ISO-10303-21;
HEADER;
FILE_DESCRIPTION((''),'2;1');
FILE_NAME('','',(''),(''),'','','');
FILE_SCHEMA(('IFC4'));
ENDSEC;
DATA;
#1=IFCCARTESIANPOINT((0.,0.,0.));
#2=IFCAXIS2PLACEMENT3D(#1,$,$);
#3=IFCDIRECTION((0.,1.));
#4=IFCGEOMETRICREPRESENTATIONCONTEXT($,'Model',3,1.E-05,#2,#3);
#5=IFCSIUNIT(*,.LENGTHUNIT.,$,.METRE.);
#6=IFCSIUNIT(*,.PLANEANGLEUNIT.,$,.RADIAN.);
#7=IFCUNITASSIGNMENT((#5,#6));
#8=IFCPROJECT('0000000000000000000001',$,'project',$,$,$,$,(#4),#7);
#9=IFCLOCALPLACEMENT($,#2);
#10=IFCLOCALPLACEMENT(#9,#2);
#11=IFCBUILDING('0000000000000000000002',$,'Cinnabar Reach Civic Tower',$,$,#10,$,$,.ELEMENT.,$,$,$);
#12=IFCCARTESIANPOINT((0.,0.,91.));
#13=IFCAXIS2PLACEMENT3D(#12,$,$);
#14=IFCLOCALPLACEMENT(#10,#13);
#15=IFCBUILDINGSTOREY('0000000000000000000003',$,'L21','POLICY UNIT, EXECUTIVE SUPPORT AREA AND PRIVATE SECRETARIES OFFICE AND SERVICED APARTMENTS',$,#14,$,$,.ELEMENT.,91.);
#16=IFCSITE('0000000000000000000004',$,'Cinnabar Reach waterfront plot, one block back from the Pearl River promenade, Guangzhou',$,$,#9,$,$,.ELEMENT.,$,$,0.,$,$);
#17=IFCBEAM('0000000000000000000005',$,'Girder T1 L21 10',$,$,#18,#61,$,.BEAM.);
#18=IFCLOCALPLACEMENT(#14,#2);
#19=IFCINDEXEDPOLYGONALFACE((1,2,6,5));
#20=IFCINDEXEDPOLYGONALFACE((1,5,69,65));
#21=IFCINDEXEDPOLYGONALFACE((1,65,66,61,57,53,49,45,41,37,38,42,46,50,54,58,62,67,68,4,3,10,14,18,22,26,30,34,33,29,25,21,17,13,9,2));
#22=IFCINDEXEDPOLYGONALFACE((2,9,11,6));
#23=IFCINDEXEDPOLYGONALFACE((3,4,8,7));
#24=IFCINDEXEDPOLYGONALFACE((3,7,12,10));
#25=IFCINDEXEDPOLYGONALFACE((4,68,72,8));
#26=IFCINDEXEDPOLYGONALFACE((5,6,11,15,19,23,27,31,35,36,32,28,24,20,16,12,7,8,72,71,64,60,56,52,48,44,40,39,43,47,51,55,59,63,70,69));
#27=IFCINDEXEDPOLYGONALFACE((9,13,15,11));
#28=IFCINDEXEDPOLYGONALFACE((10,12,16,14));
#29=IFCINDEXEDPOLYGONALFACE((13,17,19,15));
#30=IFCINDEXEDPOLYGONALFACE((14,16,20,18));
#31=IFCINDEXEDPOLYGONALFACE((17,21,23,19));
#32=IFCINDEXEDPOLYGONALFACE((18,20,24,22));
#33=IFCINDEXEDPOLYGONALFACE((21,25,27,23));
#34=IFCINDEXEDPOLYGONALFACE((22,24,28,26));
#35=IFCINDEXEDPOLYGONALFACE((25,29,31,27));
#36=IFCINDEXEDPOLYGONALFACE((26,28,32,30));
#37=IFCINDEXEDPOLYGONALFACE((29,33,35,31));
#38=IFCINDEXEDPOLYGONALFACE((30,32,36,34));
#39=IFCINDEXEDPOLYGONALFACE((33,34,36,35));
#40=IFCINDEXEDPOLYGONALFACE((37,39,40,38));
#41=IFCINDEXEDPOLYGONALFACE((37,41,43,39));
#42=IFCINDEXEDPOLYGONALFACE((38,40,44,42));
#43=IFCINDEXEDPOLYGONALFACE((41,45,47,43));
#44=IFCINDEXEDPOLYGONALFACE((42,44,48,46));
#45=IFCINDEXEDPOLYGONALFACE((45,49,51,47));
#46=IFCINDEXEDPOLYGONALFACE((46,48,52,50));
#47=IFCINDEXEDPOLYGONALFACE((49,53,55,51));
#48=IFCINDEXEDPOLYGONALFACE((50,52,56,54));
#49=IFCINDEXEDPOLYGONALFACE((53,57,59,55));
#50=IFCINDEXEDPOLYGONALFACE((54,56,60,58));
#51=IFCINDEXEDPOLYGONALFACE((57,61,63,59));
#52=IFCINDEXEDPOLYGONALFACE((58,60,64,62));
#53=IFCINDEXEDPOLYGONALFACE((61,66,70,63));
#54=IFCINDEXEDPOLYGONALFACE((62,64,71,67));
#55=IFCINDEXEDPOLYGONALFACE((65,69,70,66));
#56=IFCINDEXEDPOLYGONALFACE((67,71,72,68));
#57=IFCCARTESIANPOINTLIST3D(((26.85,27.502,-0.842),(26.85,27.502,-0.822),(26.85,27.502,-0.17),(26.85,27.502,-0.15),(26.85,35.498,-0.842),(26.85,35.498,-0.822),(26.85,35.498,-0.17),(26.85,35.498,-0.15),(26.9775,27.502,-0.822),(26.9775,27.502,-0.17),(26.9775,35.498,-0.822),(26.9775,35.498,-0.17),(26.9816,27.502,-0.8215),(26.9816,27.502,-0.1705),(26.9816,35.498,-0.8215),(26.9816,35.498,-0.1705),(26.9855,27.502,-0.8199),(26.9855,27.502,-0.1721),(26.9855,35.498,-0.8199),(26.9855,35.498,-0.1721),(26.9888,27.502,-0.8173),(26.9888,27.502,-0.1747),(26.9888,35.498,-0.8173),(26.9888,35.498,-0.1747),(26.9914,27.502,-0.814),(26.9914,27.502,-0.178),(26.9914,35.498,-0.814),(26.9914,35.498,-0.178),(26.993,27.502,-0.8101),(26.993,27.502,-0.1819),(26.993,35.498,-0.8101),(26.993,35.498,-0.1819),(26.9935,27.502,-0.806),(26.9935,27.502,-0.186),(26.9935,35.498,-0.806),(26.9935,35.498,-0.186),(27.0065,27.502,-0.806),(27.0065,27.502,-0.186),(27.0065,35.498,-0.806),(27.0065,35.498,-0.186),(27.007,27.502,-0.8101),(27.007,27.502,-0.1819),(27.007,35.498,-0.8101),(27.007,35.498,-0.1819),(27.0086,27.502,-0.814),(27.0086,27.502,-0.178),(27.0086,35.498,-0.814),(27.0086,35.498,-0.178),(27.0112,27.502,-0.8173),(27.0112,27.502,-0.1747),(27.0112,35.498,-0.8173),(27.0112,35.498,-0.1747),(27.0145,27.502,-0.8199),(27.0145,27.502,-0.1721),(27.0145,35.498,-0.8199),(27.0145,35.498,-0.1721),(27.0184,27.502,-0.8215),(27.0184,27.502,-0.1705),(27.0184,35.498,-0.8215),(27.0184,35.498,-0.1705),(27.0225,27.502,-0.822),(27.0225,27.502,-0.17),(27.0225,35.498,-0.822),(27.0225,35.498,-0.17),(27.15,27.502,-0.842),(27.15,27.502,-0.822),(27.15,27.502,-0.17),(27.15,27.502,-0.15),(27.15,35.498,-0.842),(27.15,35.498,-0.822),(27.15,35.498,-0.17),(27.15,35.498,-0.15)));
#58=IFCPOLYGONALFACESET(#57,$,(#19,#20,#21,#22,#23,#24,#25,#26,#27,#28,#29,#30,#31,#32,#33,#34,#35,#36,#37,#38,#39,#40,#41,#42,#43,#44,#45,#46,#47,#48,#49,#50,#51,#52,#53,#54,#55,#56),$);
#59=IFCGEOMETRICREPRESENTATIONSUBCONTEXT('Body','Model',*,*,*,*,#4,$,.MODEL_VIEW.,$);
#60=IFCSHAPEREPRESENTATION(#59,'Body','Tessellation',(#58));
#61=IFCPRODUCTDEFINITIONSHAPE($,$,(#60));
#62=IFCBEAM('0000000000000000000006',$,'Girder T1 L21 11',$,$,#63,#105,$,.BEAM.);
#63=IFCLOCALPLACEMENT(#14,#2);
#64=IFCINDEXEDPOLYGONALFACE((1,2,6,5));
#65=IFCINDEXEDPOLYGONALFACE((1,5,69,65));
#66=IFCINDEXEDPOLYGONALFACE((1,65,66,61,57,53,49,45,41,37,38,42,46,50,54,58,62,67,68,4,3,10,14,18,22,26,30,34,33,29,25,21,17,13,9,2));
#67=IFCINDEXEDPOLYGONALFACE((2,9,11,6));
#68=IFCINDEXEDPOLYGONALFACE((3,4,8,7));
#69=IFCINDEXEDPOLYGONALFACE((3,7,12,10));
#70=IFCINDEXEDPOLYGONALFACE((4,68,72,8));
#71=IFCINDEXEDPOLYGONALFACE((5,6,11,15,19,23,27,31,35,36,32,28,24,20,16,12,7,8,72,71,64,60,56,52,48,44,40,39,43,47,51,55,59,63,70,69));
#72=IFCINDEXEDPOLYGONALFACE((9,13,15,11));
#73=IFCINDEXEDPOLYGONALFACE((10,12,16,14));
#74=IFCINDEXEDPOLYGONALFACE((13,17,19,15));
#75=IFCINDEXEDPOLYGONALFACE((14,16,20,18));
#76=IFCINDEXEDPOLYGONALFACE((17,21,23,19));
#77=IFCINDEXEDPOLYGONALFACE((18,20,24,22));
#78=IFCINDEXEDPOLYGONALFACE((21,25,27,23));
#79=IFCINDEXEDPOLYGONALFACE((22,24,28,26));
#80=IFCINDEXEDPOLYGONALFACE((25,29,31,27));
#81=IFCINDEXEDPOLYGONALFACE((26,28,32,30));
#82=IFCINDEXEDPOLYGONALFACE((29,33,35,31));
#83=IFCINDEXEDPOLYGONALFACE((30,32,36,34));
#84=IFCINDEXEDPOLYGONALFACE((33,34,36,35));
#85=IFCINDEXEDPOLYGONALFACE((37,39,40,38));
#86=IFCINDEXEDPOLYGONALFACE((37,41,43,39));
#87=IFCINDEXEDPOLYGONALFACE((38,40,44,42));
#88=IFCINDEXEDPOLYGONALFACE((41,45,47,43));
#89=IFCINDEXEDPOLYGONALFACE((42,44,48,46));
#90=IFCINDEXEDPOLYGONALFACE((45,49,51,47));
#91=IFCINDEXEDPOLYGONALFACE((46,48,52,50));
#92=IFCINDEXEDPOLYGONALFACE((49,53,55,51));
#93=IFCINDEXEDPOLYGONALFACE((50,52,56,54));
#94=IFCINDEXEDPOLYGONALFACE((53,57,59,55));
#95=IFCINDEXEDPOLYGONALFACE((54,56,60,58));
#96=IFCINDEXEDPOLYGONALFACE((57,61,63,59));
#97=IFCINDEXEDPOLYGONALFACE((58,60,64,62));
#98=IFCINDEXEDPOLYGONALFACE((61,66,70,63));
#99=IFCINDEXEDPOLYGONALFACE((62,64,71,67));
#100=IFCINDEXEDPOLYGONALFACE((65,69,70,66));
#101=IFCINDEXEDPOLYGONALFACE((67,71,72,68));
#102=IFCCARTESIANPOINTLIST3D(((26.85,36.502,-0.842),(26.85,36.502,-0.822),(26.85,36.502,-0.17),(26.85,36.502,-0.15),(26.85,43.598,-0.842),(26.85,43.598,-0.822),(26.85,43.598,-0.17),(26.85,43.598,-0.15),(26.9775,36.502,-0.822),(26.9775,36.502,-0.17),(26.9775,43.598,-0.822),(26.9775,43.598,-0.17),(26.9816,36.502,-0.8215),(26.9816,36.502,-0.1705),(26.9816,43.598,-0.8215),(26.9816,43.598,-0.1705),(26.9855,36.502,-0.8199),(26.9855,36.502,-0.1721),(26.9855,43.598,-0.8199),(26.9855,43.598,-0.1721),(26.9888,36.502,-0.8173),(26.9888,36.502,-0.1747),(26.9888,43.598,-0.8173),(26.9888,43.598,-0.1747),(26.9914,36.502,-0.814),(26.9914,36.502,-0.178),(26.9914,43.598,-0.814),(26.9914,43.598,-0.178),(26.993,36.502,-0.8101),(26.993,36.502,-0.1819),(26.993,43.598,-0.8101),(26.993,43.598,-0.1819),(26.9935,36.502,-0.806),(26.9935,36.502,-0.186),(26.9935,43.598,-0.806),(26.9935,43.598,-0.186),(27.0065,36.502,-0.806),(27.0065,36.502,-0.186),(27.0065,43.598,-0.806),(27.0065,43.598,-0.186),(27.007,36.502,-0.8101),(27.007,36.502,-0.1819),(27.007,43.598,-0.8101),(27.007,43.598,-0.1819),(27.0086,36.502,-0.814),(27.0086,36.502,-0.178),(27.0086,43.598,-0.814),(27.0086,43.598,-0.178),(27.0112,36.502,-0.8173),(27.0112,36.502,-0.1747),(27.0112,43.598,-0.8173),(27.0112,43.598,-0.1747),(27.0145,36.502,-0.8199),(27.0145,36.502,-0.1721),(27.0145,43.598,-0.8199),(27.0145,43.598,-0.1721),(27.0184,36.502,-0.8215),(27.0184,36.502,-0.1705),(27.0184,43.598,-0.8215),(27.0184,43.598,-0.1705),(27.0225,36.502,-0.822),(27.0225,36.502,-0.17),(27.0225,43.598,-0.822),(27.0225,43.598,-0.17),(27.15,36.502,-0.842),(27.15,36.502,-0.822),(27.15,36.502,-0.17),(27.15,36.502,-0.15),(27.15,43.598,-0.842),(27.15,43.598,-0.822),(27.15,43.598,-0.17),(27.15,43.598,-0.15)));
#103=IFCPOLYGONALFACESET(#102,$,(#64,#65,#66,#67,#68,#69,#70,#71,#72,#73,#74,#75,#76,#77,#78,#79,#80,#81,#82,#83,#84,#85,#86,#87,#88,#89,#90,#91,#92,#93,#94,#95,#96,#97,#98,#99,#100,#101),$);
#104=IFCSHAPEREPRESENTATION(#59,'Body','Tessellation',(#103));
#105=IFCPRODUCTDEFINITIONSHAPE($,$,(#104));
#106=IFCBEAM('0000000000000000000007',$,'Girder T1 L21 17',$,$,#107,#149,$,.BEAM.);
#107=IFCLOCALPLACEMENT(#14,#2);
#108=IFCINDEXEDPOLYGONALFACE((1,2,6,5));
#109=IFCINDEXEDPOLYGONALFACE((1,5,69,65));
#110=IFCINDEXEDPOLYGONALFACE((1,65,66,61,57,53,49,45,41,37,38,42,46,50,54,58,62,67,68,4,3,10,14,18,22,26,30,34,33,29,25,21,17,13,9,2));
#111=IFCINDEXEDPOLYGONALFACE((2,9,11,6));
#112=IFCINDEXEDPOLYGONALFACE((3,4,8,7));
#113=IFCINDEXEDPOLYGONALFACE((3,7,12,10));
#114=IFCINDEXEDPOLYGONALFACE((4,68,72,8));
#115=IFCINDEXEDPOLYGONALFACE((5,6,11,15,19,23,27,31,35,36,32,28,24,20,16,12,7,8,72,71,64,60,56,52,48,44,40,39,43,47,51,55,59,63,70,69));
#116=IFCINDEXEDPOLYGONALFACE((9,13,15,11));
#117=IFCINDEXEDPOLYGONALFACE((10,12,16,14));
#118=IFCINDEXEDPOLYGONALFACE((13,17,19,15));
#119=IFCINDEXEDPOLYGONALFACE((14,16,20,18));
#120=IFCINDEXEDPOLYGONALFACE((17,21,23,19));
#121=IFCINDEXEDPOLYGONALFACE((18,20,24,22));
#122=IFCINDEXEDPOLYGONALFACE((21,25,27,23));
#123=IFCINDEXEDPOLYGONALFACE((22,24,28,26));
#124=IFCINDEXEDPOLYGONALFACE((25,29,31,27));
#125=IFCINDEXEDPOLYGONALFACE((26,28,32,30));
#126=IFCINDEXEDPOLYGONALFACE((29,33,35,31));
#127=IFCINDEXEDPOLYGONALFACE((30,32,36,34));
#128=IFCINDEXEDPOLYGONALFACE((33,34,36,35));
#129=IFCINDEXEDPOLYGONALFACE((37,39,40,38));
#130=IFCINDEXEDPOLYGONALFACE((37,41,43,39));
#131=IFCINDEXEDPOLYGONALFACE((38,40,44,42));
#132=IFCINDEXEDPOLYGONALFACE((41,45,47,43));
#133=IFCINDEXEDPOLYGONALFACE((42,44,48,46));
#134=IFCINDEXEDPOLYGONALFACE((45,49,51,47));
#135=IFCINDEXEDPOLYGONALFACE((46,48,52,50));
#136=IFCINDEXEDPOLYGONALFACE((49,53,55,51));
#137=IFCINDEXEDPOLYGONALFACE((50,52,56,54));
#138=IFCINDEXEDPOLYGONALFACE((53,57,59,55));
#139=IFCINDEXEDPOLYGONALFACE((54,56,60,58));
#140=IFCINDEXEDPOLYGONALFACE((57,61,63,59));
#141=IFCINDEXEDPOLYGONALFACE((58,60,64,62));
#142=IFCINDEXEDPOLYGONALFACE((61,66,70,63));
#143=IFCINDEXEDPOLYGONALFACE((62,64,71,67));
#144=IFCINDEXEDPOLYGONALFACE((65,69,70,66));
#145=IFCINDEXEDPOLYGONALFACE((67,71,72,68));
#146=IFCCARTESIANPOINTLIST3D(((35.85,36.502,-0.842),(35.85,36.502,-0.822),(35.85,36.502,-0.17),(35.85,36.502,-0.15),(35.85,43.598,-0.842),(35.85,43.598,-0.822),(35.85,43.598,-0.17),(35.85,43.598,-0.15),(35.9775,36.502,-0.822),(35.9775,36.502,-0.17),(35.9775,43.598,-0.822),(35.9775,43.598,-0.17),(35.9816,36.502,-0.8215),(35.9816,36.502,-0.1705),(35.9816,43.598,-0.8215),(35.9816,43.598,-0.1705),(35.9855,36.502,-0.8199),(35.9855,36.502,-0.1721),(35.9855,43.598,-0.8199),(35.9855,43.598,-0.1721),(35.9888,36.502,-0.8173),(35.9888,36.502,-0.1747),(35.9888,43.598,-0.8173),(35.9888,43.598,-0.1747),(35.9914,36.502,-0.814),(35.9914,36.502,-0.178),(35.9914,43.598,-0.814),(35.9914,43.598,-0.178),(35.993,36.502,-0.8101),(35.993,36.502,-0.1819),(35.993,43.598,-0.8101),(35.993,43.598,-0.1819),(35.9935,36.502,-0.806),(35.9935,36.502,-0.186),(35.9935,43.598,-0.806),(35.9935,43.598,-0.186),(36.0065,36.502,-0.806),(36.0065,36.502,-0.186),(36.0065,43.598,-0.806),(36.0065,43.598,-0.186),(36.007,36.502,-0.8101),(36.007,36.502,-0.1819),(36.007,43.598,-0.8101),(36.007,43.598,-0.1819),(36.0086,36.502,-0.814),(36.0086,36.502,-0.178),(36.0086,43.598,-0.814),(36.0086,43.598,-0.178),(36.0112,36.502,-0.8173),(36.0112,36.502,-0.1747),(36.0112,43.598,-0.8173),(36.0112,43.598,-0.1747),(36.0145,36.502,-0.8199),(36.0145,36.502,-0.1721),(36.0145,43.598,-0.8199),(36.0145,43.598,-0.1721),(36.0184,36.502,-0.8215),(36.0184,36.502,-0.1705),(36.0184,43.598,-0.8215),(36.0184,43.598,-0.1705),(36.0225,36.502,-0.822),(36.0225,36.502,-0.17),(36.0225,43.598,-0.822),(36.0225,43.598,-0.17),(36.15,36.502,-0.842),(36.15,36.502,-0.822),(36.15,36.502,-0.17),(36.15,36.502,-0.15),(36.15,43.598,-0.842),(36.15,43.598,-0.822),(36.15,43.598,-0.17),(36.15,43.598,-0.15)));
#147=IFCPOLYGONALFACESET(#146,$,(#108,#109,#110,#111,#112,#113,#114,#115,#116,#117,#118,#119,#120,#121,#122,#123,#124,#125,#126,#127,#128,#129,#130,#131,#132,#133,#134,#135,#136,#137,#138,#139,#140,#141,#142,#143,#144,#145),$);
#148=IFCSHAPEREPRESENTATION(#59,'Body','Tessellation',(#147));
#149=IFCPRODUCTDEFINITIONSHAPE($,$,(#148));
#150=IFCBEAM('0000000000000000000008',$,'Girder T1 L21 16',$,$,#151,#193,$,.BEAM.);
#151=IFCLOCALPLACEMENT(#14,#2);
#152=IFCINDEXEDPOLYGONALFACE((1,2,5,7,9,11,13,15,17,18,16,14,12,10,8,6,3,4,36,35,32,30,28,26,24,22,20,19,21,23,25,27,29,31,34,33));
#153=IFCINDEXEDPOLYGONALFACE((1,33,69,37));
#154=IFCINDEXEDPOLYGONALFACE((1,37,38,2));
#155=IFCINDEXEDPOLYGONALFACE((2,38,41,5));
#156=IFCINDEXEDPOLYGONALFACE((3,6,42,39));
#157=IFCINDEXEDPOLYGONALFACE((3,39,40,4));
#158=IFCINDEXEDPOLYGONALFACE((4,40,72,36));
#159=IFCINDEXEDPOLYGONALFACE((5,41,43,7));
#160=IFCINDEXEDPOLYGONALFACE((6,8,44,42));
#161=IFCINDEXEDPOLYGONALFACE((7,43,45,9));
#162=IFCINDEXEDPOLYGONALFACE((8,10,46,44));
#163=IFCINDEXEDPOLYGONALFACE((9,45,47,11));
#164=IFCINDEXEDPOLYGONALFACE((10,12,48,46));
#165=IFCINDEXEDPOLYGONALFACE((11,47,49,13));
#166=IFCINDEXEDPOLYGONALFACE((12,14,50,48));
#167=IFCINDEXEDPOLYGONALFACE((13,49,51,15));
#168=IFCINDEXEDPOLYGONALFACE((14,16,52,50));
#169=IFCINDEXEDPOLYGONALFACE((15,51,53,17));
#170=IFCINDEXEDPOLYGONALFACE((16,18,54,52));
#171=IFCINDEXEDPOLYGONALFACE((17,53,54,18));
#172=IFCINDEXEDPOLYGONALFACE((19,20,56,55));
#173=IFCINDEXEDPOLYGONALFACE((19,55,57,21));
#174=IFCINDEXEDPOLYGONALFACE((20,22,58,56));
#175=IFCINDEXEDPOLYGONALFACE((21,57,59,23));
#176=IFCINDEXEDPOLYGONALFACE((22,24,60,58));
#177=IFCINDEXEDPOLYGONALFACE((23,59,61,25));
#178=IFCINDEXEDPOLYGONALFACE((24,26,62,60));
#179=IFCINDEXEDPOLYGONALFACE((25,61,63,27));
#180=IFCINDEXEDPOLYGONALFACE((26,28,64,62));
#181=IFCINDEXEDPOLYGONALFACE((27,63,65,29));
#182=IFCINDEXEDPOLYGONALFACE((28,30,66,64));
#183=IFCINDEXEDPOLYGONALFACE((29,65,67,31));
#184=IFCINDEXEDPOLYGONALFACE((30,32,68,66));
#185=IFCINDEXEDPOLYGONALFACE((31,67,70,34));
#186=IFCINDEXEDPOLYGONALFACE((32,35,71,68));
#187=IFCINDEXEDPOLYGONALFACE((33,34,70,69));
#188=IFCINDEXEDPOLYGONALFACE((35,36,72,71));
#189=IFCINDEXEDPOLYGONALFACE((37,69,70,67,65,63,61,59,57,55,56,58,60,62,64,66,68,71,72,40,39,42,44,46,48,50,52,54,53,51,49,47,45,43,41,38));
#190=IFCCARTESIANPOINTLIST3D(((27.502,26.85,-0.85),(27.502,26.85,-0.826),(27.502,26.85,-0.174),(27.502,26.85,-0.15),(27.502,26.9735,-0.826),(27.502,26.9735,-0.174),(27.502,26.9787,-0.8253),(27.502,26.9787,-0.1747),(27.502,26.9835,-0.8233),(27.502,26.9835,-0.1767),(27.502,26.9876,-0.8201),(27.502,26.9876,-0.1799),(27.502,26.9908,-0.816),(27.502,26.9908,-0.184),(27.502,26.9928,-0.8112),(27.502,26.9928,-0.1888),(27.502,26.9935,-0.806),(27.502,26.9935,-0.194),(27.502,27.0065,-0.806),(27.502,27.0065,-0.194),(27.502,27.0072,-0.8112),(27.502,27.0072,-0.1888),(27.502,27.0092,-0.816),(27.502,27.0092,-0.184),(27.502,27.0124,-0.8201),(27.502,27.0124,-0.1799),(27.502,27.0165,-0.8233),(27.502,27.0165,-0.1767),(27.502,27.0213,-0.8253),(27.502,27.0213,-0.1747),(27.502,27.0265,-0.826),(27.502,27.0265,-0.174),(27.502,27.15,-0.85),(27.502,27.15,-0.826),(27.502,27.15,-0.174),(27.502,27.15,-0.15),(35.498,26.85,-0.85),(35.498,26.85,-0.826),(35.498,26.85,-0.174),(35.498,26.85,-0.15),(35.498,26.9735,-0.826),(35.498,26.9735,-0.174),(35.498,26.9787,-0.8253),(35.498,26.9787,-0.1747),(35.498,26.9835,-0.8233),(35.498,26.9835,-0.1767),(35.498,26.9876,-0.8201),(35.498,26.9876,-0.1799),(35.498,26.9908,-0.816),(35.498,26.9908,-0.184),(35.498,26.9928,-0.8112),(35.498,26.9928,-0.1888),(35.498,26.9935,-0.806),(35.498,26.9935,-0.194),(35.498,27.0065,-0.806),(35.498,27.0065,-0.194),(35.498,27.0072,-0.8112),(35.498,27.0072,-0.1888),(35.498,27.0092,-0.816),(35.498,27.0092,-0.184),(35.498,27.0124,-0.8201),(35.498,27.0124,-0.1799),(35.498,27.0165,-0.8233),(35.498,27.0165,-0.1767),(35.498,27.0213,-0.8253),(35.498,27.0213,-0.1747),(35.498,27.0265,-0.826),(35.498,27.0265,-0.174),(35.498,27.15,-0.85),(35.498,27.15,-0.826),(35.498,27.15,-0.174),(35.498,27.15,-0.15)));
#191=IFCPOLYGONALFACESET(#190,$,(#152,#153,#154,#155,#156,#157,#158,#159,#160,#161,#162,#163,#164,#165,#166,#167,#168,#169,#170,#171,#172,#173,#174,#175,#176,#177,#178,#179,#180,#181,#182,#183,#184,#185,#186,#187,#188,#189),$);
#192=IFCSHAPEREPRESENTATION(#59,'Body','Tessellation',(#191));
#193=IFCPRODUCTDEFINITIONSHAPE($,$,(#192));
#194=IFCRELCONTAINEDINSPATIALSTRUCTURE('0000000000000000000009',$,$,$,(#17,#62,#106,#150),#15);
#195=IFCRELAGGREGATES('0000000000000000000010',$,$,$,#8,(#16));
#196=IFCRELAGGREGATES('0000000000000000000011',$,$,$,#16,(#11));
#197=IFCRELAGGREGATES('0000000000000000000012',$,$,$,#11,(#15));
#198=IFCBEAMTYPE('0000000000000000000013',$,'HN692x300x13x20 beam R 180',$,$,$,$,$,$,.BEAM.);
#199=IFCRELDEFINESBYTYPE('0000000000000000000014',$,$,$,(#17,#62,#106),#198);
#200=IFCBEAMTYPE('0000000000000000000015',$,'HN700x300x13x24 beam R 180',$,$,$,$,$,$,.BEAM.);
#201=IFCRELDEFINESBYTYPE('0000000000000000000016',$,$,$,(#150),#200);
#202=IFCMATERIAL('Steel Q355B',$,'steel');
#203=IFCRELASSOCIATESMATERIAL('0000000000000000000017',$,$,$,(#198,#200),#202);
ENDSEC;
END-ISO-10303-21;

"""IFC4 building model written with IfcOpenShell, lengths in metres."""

from ifc_helpers import new_model, si_unit, direction, frame, origin, origin_2d, place, context, subcontext, project, spatial, i_section, extrude, material, material_profile, profile_set, type_object, element, save


model = new_model("IFC4")

# Units and contexts
model_context = context("Model", 3, precision=1e-05, world=origin(), true_north=direction((0.0, 1.0)))
body_context = subcontext(model_context, "Body", "Model", "MODEL_VIEW")
ifc_project = project(units=[si_unit("LENGTHUNIT", "METRE"), si_unit("PLANEANGLEUNIT", "RADIAN")], contexts=[model_context])

# Site, building, storey
site_placement = place(None, origin())
site = spatial("IfcSite", under=ifc_project, at=site_placement, Name="Cinnabar Reach waterfront plot, one block back from the Pearl River promenade, Guangzhou", CompositionType="ELEMENT", RefElevation=0.0)
building_placement = place(site_placement, origin())
building = spatial("IfcBuilding", under=site, at=building_placement, Name="Cinnabar Reach Civic Tower", CompositionType="ELEMENT")
storey_placement = place(building_placement, frame((0.0, 0.0, 91.0)))
storey = spatial("IfcBuildingStorey", under=building, at=storey_placement, Name="L21", Description="POLICY UNIT, EXECUTIVE SUPPORT AREA AND PRIVATE SECRETARIES OFFICE AND SERVICED APARTMENTS", CompositionType="ELEMENT", Elevation=91.0)

# Beams
ifc_material_1 = material(Name="Steel Q355B", Category="steel")
ifc_material_profile_1 = material_profile(ifc_material_1, i_section(OverallWidth=0.3, OverallDepth=0.692, WebThickness=0.013, FlangeThickness=0.02, FilletRadius=0.016, at=origin_2d()), Name="HN692x300x13x20")
ifc_profile_set_1 = profile_set([ifc_material_profile_1], Name="Steel Q355B")
beam_type_1 = type_object("IfcBeamType", Name="HN692x300x13x20 beam R 180", PredefinedType="BEAM", material=ifc_profile_set_1)
beam_1_placement = place(storey_placement, frame((27.0, 27.502, -0.496), z_axis=(0.0, 1.0, 0.0), x_axis=(-1.0, 0.0, 0.0)))
element("IfcBeam", 1, at=beam_1_placement, inside=storey, type_object=beam_type_1, Name="Girder T1 L21 10", PredefinedType="BEAM", context=body_context, shape_type="SweptSolid", body=[
    extrude(i_section(OverallWidth=0.3, OverallDepth=0.692, WebThickness=0.013, FlangeThickness=0.02, FilletRadius=0.016, at=origin_2d()), origin(), (0.0, 0.0, 1.0), 7.996),
])
for number, where, z_axis, x_axis, name in (
    (2, (27.0, 36.502, -0.496), (0.0, 1.0, 0.0), (-1.0, 0.0, 0.0), "Girder T1 L21 11"),
    (3, (36.0, 36.502, -0.496), (0.0, 1.0, 0.0), (-1.0, 0.0, 0.0), "Girder T1 L21 17"),
):
    element("IfcBeam", number, at=place(storey_placement, frame(where, z_axis=z_axis, x_axis=x_axis)), inside=storey, type_object=beam_type_1, Name=name, PredefinedType="BEAM", context=body_context, shape_type="SweptSolid", body=[
        extrude(i_section(OverallWidth=0.3, OverallDepth=0.692, WebThickness=0.013, FlangeThickness=0.02, FilletRadius=0.016, at=origin_2d()), origin(), (0.0, 0.0, 1.0), 7.096),
    ])
ifc_material_profile_2 = material_profile(ifc_material_1, i_section(OverallWidth=0.3, OverallDepth=0.7, WebThickness=0.013, FlangeThickness=0.024, FilletRadius=0.02, at=origin_2d()), Name="HN700x300x13x24")
ifc_profile_set_2 = profile_set([ifc_material_profile_2], Name="Steel Q355B")
beam_type_2 = type_object("IfcBeamType", Name="HN700x300x13x24 beam R 180", PredefinedType="BEAM", material=ifc_profile_set_2)
for number, where, z_axis, x_axis, name in (
    (4, (27.502, 27.0, -0.5), (1.0, 0.0, 0.0), (0.0, 1.0, 0.0), "Girder T1 L21 16"),
):
    element("IfcBeam", number, at=place(storey_placement, frame(where, z_axis=z_axis, x_axis=x_axis)), inside=storey, type_object=beam_type_2, Name=name, PredefinedType="BEAM", context=body_context, shape_type="SweptSolid", body=[
        extrude(i_section(OverallWidth=0.3, OverallDepth=0.7, WebThickness=0.013, FlangeThickness=0.024, FilletRadius=0.02, at=origin_2d()), origin(), (0.0, 0.0, 1.0), 7.996),
    ])

save(model, "model.ifc")
